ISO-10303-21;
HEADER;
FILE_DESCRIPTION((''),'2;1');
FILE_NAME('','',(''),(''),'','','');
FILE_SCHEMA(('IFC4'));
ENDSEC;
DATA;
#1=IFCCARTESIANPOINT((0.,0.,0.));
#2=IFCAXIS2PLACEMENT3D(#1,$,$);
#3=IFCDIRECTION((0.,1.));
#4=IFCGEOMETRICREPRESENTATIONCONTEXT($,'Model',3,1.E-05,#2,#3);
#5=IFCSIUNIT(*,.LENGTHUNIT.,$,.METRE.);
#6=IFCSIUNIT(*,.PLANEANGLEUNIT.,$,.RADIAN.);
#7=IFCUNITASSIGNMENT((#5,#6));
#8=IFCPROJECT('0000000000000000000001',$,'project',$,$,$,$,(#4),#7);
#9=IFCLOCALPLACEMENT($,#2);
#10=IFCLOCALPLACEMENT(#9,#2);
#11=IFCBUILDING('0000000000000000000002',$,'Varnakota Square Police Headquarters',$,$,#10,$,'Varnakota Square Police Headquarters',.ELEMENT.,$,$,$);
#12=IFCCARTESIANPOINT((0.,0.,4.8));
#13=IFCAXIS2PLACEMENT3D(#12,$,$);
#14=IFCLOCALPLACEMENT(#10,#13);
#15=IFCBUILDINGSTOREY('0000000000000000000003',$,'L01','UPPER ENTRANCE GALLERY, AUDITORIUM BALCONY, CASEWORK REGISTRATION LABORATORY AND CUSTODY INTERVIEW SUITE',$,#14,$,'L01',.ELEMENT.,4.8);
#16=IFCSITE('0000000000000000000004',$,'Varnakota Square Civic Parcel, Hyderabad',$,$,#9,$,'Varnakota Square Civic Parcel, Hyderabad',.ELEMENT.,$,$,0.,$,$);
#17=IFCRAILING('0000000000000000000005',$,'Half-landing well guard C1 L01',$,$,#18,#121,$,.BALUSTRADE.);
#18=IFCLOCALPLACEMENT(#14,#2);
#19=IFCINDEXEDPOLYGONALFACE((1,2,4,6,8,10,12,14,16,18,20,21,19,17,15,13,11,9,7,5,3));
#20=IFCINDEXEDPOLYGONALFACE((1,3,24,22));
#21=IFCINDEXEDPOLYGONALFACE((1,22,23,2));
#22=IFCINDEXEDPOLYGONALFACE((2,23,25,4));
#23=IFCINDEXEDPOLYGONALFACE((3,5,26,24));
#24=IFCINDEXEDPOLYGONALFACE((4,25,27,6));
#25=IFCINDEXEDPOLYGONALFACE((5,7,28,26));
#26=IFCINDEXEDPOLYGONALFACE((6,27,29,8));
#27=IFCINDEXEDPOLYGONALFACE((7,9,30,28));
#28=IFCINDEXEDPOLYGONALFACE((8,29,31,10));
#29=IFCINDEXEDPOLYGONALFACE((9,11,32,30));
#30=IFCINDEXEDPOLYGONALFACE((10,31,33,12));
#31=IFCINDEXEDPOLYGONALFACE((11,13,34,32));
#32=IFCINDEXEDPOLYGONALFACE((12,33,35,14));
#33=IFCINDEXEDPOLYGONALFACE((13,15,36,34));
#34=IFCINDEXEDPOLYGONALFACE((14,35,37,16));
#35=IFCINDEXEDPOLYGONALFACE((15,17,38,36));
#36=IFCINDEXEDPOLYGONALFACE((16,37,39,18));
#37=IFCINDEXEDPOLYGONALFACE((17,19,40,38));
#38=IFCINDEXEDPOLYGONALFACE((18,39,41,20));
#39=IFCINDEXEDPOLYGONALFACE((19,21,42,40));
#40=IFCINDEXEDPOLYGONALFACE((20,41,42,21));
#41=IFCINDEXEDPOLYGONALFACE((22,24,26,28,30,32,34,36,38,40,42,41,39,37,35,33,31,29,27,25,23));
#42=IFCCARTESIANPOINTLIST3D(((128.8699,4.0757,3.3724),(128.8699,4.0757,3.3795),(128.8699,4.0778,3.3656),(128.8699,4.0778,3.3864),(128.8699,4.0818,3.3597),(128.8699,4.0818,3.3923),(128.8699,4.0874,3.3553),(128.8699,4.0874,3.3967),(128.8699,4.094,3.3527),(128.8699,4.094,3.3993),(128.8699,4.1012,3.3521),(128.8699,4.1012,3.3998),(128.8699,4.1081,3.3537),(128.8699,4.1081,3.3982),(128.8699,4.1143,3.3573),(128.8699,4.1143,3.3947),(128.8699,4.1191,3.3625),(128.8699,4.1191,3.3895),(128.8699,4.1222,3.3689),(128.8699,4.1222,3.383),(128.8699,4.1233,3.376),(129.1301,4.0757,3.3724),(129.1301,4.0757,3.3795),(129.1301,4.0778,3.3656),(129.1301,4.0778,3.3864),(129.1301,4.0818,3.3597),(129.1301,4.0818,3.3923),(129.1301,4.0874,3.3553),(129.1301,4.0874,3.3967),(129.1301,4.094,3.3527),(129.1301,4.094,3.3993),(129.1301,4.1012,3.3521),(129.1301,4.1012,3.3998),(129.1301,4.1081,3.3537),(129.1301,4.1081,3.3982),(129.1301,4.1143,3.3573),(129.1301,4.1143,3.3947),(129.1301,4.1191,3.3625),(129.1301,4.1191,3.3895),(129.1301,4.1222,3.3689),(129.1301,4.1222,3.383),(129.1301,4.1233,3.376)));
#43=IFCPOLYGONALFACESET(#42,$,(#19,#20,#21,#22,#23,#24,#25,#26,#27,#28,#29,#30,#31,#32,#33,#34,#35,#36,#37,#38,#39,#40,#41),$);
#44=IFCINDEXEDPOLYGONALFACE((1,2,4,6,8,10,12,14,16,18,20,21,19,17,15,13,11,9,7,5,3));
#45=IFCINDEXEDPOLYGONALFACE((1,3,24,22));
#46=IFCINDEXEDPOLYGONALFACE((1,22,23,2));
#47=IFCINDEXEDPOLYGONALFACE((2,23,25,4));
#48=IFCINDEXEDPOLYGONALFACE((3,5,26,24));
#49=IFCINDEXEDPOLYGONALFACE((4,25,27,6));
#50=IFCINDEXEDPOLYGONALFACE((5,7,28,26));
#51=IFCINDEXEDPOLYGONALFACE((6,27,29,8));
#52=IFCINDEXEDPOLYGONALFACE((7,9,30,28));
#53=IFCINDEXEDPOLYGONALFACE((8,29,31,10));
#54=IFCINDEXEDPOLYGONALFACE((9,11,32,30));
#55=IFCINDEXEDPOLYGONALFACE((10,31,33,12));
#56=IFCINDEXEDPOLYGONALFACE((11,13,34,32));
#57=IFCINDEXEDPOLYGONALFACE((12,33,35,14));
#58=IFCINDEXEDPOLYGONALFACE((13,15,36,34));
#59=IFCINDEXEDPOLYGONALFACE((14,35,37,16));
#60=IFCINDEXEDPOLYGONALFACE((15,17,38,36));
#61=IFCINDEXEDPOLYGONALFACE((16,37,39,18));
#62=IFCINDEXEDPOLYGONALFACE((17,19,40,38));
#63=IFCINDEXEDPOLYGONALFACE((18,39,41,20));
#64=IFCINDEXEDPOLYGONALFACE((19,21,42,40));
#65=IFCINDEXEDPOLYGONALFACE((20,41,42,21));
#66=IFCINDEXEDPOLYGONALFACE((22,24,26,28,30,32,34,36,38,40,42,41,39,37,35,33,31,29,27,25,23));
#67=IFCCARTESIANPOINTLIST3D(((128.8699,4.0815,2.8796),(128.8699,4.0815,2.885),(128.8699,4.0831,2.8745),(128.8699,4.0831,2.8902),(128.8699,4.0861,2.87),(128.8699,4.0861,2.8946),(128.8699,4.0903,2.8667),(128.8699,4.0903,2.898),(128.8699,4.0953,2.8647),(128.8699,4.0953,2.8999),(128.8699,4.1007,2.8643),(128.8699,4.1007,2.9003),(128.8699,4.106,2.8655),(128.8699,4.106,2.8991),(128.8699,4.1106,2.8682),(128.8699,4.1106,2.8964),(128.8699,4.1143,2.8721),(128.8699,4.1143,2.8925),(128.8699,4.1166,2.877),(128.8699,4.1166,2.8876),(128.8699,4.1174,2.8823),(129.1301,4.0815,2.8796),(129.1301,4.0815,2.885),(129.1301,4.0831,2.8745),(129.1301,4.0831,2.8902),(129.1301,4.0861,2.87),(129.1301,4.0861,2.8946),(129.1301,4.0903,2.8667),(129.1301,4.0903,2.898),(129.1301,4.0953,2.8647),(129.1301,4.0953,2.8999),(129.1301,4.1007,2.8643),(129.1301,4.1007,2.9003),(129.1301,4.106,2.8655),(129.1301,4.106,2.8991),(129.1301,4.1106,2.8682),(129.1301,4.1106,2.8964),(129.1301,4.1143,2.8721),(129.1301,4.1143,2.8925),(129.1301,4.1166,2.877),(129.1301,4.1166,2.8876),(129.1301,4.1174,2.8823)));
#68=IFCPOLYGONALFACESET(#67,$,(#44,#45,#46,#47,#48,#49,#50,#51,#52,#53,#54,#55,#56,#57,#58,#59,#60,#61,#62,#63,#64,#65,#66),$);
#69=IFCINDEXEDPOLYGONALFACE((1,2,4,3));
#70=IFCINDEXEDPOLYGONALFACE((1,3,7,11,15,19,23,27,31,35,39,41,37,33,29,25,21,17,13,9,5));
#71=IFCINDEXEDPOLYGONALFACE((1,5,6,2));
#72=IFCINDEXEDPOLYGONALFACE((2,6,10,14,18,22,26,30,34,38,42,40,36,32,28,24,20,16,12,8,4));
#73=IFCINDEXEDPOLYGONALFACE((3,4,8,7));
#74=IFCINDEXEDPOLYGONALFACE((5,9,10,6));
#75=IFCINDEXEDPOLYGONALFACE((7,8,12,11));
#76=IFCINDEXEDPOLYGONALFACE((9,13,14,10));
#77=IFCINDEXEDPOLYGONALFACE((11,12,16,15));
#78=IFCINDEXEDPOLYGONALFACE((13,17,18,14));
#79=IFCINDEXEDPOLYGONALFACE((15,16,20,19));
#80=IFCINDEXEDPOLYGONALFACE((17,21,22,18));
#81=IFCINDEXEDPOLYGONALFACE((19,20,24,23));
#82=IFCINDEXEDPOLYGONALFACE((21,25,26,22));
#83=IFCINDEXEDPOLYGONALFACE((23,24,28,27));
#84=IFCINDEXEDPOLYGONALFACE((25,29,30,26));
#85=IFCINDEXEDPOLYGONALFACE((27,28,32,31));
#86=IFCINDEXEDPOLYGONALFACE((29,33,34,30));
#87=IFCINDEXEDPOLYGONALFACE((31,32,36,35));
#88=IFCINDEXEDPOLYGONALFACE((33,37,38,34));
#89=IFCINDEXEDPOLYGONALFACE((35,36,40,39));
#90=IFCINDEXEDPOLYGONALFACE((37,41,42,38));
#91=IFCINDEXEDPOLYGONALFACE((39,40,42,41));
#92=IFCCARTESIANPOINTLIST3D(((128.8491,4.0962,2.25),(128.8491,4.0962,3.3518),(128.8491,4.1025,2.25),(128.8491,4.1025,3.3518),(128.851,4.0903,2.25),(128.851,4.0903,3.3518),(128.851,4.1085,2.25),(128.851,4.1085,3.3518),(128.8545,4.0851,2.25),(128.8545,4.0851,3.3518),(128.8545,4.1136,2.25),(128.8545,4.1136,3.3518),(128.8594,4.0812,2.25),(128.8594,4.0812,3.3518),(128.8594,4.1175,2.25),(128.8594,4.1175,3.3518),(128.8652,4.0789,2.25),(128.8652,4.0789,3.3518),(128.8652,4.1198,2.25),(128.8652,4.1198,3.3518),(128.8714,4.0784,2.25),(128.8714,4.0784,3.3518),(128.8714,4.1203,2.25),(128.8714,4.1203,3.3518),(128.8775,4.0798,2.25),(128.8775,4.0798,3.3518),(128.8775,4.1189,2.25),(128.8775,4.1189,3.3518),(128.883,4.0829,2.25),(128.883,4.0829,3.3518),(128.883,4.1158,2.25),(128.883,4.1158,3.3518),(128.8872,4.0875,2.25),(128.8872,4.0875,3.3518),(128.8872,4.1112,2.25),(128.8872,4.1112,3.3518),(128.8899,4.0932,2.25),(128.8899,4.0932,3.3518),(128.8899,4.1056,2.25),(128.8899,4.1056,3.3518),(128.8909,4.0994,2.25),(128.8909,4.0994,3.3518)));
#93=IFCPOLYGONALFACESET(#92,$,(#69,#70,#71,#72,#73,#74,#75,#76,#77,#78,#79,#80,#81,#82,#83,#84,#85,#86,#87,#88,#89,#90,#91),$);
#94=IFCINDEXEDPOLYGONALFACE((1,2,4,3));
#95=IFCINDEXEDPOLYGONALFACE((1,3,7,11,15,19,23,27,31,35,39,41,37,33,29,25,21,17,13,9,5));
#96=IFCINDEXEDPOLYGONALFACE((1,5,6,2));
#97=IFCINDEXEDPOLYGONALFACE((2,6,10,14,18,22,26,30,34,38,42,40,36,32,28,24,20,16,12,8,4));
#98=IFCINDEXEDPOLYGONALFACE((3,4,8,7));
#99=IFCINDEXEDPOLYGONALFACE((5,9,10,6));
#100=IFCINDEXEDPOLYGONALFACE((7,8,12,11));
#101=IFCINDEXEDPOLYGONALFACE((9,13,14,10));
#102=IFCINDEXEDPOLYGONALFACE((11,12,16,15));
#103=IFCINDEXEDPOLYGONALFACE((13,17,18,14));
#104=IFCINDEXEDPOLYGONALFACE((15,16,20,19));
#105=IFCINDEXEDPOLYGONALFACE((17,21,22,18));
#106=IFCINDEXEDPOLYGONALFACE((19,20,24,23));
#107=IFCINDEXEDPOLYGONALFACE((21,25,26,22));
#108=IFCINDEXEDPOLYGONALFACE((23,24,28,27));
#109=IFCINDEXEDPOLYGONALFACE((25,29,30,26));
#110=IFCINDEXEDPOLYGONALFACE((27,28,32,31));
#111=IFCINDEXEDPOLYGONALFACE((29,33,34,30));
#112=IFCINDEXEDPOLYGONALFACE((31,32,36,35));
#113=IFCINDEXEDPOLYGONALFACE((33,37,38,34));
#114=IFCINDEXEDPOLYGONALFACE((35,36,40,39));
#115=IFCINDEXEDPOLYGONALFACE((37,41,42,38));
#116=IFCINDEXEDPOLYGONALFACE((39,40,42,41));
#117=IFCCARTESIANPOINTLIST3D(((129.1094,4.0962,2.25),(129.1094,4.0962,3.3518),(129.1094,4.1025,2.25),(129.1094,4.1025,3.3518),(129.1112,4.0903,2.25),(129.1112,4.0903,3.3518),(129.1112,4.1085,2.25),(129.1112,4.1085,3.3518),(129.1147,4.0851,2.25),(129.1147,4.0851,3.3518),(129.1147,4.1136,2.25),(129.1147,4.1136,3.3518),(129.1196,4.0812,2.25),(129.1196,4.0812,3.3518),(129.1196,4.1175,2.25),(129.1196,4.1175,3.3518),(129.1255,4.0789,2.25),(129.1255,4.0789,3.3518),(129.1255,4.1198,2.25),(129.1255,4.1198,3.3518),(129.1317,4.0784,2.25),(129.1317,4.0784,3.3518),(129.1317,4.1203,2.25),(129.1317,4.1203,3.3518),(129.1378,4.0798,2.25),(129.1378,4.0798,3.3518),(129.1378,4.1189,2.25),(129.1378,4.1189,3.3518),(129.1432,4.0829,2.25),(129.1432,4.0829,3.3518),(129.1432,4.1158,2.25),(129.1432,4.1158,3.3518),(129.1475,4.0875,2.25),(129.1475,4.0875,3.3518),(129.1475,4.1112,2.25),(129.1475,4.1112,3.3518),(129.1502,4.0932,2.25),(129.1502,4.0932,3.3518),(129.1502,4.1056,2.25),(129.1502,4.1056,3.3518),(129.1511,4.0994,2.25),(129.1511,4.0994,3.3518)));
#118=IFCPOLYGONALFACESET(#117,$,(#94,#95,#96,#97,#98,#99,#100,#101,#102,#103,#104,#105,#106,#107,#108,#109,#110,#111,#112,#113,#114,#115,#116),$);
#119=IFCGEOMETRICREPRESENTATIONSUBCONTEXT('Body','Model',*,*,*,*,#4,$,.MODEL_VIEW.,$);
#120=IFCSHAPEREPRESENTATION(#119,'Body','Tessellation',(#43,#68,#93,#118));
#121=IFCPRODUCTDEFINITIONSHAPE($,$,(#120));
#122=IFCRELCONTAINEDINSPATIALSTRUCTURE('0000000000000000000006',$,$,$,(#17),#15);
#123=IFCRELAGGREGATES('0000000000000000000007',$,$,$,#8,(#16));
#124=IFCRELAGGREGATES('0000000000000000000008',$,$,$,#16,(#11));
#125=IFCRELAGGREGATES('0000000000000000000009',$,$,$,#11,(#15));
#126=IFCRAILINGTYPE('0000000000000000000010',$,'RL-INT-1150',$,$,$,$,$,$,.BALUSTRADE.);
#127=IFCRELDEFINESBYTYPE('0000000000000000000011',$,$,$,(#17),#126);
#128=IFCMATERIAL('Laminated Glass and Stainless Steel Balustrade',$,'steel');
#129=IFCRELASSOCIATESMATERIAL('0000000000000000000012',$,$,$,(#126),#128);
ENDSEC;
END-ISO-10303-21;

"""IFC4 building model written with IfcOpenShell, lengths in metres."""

from ifc_helpers import new_model, si_unit, direction, frame, origin, origin_2d, place, context, subcontext, project, spatial, circle, extrude, material, type_object, element, save


model = new_model("IFC4")

# Units and contexts
model_context = context("Model", 3, precision=1e-05, world=origin(), true_north=direction((0.0, 1.0)))
body_context = subcontext(model_context, "Body", "Model", "MODEL_VIEW")
ifc_project = project(units=[si_unit("LENGTHUNIT", "METRE"), si_unit("PLANEANGLEUNIT", "RADIAN")], contexts=[model_context])

# Site, building, storey
site_placement = place(None, origin())
site = spatial("IfcSite", under=ifc_project, at=site_placement, Name="Varnakota Square Civic Parcel, Hyderabad", LongName="Varnakota Square Civic Parcel, Hyderabad", CompositionType="ELEMENT", RefElevation=0.0)
building_placement = place(site_placement, origin())
building = spatial("IfcBuilding", under=site, at=building_placement, Name="Varnakota Square Police Headquarters", LongName="Varnakota Square Police Headquarters", CompositionType="ELEMENT")
storey_placement = place(building_placement, frame((0.0, 0.0, 4.8)))
storey = spatial("IfcBuildingStorey", under=building, at=storey_placement, Name="L01", Description="UPPER ENTRANCE GALLERY, AUDITORIUM BALCONY, CASEWORK REGISTRATION LABORATORY AND CUSTODY INTERVIEW SUITE", LongName="L01", CompositionType="ELEMENT", Elevation=4.8)

# Railing
ifc_material_1 = material(Name="Laminated Glass and Stainless Steel Balustrade", Category="steel")
railing_type_1 = type_object("IfcRailingType", Name="RL-INT-1150", PredefinedType="BALUSTRADE", material=ifc_material_1)
railing_1_placement = place(storey_placement, frame((128.8699, 4.0994, 2.25)))
element("IfcRailing", 1, at=railing_1_placement, inside=storey, type_object=railing_type_1, Name="Half-landing well guard C1 L01", PredefinedType="BALUSTRADE", context=body_context, shape_type="SweptSolid", body=[
    extrude(circle(Radius=0.0239, at=origin_2d()), frame((0.0, 0.0, 1.126), z_axis=(1.0, 0.0, 0.0), x_axis=(0.0, 1.0, 0.0)), (0.0, 0.0, 1.0), 0.2603),
    extrude(circle(Radius=0.0181, at=origin_2d()), frame((0.0, 0.0, 0.6323), z_axis=(1.0, 0.0, 0.0), x_axis=(0.0, 1.0, 0.0)), (0.0, 0.0, 1.0), 0.2603),
    extrude(circle(Radius=0.021, at=origin_2d()), origin(), (0.0, 0.0, 1.0), 1.1018),
    extrude(circle(Radius=0.021, at=origin_2d()), frame((0.2603, 0.0, 0.0)), (0.0, 0.0, 1.0), 1.1018),
])

save(model, "model.ifc")
